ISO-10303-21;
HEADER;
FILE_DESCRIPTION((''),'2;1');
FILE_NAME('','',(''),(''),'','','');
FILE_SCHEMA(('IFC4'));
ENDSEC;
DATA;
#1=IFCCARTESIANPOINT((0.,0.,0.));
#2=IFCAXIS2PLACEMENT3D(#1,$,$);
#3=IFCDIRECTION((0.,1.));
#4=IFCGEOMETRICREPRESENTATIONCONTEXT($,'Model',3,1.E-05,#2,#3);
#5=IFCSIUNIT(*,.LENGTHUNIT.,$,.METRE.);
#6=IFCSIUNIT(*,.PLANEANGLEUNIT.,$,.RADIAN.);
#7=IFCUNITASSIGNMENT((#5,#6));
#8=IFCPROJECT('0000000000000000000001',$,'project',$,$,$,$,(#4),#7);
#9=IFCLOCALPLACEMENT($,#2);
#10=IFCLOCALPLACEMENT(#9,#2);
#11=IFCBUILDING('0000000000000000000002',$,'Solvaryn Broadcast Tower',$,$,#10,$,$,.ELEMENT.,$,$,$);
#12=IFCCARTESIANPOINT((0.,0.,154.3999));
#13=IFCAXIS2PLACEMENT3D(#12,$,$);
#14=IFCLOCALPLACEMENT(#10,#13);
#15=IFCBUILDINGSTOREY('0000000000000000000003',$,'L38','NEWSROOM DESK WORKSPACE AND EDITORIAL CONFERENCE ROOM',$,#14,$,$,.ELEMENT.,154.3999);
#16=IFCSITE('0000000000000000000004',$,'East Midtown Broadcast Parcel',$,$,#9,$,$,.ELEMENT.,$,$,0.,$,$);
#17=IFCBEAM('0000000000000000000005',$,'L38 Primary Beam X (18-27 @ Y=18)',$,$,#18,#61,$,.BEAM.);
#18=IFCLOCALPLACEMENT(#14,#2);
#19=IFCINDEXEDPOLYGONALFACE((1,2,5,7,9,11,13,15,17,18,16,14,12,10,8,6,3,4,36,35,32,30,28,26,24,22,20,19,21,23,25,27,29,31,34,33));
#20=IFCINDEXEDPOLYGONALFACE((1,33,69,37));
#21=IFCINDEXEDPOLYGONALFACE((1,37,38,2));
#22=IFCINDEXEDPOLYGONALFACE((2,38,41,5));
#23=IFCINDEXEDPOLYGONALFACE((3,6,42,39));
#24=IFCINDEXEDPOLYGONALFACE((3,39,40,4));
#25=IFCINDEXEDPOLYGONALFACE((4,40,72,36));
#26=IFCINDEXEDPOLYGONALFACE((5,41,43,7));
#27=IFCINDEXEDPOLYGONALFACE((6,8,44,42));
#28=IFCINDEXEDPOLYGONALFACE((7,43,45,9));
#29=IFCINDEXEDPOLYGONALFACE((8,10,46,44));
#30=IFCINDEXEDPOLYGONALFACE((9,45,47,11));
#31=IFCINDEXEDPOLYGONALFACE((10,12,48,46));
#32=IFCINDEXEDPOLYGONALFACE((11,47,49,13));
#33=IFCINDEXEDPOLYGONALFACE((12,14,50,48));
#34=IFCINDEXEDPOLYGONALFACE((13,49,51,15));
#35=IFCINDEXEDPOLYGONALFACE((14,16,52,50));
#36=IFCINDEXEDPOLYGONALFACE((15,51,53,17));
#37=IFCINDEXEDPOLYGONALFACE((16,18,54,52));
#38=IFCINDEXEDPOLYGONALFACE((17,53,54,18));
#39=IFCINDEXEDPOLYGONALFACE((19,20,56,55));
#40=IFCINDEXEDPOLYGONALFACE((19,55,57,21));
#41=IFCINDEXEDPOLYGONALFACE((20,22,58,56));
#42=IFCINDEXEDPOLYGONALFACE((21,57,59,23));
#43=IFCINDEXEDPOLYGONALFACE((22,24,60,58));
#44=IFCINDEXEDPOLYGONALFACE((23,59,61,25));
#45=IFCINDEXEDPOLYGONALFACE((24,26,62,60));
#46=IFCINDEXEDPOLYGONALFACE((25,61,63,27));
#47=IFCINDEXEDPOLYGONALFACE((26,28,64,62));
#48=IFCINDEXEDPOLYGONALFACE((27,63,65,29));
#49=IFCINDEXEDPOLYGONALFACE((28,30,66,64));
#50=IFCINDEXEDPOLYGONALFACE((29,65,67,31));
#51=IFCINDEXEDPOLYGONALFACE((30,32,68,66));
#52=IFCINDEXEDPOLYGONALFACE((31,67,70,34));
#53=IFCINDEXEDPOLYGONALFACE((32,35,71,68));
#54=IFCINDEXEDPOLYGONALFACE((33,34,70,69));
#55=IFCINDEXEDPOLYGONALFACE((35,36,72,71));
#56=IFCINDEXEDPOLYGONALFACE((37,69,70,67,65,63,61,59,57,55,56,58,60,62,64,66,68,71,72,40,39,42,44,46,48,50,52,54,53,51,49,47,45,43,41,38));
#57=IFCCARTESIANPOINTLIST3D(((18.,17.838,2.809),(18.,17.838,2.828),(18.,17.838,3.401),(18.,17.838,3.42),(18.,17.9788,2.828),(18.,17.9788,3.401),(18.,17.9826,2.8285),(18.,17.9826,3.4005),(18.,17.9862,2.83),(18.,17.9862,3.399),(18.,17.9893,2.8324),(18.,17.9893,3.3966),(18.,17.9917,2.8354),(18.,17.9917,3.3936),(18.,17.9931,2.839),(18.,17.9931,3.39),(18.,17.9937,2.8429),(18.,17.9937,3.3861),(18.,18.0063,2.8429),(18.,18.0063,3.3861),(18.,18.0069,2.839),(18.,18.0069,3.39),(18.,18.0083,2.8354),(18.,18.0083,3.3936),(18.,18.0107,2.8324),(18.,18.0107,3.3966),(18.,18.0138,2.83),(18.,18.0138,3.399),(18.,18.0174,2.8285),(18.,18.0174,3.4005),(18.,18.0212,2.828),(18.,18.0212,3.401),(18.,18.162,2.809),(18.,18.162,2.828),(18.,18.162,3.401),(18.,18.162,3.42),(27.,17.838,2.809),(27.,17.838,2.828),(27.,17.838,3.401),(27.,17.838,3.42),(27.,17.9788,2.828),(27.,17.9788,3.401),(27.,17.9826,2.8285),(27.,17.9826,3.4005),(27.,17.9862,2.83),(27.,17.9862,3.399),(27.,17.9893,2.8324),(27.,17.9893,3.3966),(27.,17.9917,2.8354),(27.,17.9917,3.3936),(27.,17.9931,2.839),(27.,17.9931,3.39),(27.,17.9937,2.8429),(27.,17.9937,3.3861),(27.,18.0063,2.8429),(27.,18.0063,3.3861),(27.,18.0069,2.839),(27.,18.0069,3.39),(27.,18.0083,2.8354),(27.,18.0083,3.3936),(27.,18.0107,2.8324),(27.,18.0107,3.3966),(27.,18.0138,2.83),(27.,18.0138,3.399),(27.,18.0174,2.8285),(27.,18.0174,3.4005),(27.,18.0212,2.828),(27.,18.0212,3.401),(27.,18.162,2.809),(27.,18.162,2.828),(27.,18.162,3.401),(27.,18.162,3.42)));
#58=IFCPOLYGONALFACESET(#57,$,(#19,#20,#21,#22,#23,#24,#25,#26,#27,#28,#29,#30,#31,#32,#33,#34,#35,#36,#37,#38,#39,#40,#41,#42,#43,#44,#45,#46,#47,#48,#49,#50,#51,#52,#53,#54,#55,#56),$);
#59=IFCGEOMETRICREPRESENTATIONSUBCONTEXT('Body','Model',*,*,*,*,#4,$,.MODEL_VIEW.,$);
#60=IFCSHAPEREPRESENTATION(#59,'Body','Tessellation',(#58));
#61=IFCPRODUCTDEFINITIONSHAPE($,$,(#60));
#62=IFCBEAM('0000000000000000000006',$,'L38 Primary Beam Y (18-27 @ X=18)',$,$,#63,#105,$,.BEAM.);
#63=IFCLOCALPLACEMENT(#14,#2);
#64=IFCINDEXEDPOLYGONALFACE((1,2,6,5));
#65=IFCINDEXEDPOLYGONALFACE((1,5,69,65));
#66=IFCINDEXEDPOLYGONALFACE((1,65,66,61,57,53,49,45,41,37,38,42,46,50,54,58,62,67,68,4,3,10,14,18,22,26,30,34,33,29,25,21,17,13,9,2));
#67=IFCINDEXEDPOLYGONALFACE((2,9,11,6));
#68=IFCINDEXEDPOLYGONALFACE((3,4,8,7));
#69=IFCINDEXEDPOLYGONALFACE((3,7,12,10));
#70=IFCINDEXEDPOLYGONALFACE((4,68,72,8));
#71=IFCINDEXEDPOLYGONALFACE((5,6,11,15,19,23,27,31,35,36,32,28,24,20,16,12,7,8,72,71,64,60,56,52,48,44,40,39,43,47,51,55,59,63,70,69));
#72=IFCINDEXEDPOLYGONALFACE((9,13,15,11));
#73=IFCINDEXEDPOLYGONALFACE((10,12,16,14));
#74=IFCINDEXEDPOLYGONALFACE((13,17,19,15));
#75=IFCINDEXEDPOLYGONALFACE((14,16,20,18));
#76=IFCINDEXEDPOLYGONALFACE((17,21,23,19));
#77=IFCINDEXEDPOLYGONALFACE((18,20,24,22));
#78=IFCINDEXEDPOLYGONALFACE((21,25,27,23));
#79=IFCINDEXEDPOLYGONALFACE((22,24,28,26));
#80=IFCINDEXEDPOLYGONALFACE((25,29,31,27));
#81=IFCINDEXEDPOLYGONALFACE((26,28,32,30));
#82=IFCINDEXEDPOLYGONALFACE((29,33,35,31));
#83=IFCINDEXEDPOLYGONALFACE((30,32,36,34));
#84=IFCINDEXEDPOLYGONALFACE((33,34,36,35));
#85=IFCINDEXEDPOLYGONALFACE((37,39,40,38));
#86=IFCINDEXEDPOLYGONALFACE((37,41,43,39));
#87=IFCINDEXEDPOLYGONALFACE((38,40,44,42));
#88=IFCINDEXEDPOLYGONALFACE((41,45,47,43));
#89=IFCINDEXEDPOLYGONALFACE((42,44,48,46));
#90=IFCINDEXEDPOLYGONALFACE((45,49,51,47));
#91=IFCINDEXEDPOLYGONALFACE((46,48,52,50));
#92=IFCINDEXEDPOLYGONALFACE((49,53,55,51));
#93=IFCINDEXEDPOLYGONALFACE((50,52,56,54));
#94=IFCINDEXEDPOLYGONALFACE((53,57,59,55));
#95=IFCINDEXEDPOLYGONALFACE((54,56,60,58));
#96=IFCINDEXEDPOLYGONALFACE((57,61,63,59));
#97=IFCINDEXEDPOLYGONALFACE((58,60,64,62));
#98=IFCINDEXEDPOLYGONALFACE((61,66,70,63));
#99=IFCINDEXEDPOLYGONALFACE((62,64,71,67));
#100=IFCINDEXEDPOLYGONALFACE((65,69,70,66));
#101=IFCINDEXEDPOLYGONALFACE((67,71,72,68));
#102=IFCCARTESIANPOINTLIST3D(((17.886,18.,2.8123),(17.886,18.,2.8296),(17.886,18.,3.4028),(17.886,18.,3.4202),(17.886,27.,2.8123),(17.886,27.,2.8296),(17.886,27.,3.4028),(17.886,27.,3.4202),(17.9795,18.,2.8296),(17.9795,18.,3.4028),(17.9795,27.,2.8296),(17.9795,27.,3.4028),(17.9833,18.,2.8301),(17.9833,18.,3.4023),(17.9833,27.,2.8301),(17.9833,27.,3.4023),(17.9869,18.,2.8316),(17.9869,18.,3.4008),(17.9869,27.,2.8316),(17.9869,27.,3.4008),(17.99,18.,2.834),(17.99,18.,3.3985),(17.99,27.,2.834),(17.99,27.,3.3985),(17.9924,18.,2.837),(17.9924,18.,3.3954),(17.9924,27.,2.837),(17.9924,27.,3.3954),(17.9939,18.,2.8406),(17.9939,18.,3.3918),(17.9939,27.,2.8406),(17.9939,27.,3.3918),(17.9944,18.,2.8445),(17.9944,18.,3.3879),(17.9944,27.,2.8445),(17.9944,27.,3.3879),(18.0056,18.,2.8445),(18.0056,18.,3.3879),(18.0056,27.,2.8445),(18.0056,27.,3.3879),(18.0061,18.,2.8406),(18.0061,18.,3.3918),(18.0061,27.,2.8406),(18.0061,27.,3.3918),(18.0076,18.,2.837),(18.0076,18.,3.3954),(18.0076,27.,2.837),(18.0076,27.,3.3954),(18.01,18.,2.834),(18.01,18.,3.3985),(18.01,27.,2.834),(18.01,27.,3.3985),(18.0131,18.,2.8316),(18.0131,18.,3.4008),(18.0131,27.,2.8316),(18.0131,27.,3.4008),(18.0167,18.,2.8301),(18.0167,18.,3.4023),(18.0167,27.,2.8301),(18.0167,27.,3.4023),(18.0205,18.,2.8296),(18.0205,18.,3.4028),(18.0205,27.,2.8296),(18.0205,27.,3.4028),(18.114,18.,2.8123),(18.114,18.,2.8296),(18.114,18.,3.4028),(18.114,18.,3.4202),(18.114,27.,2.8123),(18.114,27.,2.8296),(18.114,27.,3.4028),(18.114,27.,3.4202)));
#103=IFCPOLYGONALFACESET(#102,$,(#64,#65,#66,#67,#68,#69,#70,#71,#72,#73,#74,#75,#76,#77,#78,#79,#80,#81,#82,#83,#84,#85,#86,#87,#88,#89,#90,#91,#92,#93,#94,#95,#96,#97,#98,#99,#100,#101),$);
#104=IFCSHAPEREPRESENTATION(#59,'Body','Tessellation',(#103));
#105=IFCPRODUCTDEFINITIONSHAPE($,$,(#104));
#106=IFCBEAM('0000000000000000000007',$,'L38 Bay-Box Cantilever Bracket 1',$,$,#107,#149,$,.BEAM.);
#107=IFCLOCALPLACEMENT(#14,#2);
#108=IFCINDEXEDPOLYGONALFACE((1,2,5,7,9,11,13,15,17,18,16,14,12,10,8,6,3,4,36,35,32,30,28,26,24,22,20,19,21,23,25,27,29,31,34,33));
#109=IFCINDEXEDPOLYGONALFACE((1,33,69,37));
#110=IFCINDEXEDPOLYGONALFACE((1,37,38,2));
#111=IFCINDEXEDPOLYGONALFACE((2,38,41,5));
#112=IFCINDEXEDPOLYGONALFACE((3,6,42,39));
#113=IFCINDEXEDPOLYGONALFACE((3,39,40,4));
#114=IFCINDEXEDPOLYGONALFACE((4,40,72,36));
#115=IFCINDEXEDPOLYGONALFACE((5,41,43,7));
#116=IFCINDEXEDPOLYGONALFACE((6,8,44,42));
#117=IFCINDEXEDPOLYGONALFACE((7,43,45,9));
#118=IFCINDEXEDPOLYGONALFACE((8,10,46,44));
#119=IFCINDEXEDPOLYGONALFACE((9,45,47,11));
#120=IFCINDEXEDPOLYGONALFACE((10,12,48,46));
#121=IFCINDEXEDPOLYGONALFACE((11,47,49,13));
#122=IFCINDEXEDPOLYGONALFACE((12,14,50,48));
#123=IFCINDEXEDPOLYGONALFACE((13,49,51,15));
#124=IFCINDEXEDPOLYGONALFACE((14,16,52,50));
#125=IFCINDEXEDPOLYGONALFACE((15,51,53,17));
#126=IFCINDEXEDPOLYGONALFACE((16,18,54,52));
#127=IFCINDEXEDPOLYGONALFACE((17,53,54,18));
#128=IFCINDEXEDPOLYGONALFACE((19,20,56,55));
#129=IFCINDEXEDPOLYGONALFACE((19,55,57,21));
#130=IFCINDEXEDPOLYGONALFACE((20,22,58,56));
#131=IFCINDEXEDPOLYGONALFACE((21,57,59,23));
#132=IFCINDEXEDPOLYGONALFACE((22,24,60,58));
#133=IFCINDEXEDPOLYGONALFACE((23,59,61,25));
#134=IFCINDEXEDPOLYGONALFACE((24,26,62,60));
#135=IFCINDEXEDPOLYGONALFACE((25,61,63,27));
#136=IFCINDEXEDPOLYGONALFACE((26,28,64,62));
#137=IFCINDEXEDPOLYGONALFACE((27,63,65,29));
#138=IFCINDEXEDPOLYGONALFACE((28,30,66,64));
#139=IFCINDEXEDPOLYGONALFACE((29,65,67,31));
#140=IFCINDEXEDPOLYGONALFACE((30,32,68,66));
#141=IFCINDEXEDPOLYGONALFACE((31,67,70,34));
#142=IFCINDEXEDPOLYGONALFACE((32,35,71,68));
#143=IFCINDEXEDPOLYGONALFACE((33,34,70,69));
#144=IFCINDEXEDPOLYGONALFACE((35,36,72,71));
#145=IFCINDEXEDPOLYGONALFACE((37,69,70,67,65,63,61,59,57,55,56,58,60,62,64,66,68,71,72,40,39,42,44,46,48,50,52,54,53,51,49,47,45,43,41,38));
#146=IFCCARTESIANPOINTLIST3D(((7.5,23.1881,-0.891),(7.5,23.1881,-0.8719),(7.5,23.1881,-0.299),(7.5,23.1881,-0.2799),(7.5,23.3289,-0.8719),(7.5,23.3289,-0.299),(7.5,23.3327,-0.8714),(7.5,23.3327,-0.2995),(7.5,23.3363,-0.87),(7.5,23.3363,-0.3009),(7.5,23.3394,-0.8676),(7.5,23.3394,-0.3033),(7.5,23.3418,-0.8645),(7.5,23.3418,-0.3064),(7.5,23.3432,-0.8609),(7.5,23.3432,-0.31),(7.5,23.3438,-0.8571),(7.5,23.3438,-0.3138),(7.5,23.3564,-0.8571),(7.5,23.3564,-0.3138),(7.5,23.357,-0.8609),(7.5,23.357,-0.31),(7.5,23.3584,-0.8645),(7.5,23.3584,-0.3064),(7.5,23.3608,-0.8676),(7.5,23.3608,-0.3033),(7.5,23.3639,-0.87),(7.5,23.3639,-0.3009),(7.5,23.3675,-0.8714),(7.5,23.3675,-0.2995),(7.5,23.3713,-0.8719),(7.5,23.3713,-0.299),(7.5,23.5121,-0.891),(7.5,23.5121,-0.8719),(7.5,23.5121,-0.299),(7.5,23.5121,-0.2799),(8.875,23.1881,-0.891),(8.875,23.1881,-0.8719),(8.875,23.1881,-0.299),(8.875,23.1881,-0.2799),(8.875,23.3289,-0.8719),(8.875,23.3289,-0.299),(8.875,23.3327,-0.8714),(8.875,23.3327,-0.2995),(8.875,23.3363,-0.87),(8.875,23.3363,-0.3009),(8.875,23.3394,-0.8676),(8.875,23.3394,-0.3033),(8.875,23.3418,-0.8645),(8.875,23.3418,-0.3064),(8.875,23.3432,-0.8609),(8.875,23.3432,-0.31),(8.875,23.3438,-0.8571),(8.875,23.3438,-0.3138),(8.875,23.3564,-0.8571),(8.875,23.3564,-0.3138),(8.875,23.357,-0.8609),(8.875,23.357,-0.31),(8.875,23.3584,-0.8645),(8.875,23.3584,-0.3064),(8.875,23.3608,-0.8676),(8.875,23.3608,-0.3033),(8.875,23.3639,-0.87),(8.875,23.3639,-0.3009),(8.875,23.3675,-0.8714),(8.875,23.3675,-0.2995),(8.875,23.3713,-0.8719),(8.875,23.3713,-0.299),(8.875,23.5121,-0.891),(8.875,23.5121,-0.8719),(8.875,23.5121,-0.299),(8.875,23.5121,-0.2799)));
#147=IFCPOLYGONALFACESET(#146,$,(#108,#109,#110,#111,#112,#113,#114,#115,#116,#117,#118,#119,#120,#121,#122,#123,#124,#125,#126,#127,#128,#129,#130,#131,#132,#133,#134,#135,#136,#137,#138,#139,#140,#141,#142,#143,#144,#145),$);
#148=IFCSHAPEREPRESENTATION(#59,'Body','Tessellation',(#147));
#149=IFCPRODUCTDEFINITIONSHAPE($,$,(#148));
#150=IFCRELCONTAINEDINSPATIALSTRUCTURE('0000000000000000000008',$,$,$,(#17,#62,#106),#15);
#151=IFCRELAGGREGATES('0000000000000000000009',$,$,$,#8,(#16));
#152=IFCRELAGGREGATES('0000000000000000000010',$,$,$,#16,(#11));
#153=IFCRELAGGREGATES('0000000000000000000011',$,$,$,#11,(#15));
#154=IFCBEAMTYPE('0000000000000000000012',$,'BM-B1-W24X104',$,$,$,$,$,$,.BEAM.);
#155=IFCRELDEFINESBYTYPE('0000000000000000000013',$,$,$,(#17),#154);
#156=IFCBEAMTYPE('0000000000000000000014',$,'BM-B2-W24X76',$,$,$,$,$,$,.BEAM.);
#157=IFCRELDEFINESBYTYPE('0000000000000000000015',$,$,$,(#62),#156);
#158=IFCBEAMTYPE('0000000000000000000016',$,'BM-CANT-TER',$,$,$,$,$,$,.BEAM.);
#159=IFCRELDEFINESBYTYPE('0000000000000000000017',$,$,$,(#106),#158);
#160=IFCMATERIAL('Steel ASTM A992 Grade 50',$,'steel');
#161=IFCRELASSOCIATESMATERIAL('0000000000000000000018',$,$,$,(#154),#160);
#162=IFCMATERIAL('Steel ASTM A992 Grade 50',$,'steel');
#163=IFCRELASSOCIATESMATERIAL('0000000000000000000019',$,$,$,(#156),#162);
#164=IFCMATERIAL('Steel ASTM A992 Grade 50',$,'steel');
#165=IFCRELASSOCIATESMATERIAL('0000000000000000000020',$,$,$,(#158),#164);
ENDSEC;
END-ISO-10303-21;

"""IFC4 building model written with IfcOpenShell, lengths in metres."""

from ifc_helpers import new_model, si_unit, direction, frame, origin, origin_2d, place, context, subcontext, project, spatial, i_section, extrude, material, material_profile, profile_set, type_object, element, save


model = new_model("IFC4")

# Units and contexts
model_context = context("Model", 3, precision=1e-05, world=origin(), true_north=direction((0.0, 1.0)))
body_context = subcontext(model_context, "Body", "Model", "MODEL_VIEW")
ifc_project = project(units=[si_unit("LENGTHUNIT", "METRE"), si_unit("PLANEANGLEUNIT", "RADIAN")], contexts=[model_context])

# Site, building, storey
site_placement = place(None, origin())
site = spatial("IfcSite", under=ifc_project, at=site_placement, Name="East Midtown Broadcast Parcel", CompositionType="ELEMENT", RefElevation=0.0)
building_placement = place(site_placement, origin())
building = spatial("IfcBuilding", under=site, at=building_placement, Name="Solvaryn Broadcast Tower", CompositionType="ELEMENT")
storey_placement = place(building_placement, frame((0.0, 0.0, 154.3999)))
storey = spatial("IfcBuildingStorey", under=building, at=storey_placement, Name="L38", Description="NEWSROOM DESK WORKSPACE AND EDITORIAL CONFERENCE ROOM", CompositionType="ELEMENT", Elevation=154.3999)

# Beams
ifc_material_1 = material(Name="Steel ASTM A992 Grade 50", Category="steel")
ifc_material_profile_1 = material_profile(ifc_material_1, i_section(OverallWidth=0.324, OverallDepth=0.6111, WebThickness=0.0127, FlangeThickness=0.019, FilletRadius=0.0149, at=origin_2d()))
ifc_profile_set_1 = profile_set([ifc_material_profile_1], Name="Steel ASTM A992 Grade 50")
beam_type_1 = type_object("IfcBeamType", Name="BM-B1-W24X104", PredefinedType="BEAM", material=ifc_profile_set_1)
for number, where, z_axis, x_axis, name in (
    (1, (18.0, 18.0, 3.1145), (1.0, 0.0, 0.0), (0.0, 1.0, 0.0), "L38 Primary Beam X (18-27 @ Y=18)"),
):
    element("IfcBeam", number, at=place(storey_placement, frame(where, z_axis=z_axis, x_axis=x_axis)), inside=storey, type_object=beam_type_1, Name=name, PredefinedType="BEAM", context=body_context, shape_type="SweptSolid", body=[
        extrude(i_section(OverallWidth=0.324, OverallDepth=0.6111, WebThickness=0.0127, FlangeThickness=0.019, FilletRadius=0.0149, at=origin_2d()), origin(), (0.0, 0.0, 1.0), 9.0),
    ])
ifc_material_2 = material(Name="Steel ASTM A992 Grade 50", Category="steel")
ifc_material_profile_2 = material_profile(ifc_material_2, i_section(OverallWidth=0.228, OverallDepth=0.6079, WebThickness=0.0112, FlangeThickness=0.0173, FilletRadius=0.0149, at=origin_2d()))
ifc_profile_set_2 = profile_set([ifc_material_profile_2], Name="Steel ASTM A992 Grade 50")
beam_type_2 = type_object("IfcBeamType", Name="BM-B2-W24X76", PredefinedType="BEAM", material=ifc_profile_set_2)
beam_1_placement = place(storey_placement, frame((18.0, 18.0, 3.1162), z_axis=(0.0, 1.0, 0.0), x_axis=(-1.0, 0.0, 0.0)))
element("IfcBeam", 2, at=beam_1_placement, inside=storey, type_object=beam_type_2, Name="L38 Primary Beam Y (18-27 @ X=18)", PredefinedType="BEAM", context=body_context, shape_type="SweptSolid", body=[
    extrude(i_section(OverallWidth=0.228, OverallDepth=0.6079, WebThickness=0.0112, FlangeThickness=0.0173, FilletRadius=0.0149, at=origin_2d()), origin(), (0.0, 0.0, 1.0), 9.0),
])
ifc_material_3 = material(Name="Steel ASTM A992 Grade 50", Category="steel")
ifc_material_profile_3 = material_profile(ifc_material_3, i_section(OverallWidth=0.324, OverallDepth=0.6111, WebThickness=0.0127, FlangeThickness=0.019, FilletRadius=0.0149, at=origin_2d()))
ifc_profile_set_3 = profile_set([ifc_material_profile_3], Name="Steel ASTM A992 Grade 50")
beam_type_3 = type_object("IfcBeamType", Name="BM-CANT-TER", PredefinedType="BEAM", material=ifc_profile_set_3)
beam_2_placement = place(storey_placement, frame((8.875, 23.3501, -0.5854), z_axis=(-1.0, 0.0, 0.0), x_axis=(0.0, -1.0, 0.0)))
element("IfcBeam", 3, at=beam_2_placement, inside=storey, type_object=beam_type_3, Name="L38 Bay-Box Cantilever Bracket 1", PredefinedType="BEAM", context=body_context, shape_type="SweptSolid", body=[
    extrude(i_section(OverallWidth=0.324, OverallDepth=0.6111, WebThickness=0.0127, FlangeThickness=0.019, FilletRadius=0.0149, at=origin_2d()), origin(), (0.0, 0.0, 1.0), 1.375),
])

save(model, "model.ifc")
